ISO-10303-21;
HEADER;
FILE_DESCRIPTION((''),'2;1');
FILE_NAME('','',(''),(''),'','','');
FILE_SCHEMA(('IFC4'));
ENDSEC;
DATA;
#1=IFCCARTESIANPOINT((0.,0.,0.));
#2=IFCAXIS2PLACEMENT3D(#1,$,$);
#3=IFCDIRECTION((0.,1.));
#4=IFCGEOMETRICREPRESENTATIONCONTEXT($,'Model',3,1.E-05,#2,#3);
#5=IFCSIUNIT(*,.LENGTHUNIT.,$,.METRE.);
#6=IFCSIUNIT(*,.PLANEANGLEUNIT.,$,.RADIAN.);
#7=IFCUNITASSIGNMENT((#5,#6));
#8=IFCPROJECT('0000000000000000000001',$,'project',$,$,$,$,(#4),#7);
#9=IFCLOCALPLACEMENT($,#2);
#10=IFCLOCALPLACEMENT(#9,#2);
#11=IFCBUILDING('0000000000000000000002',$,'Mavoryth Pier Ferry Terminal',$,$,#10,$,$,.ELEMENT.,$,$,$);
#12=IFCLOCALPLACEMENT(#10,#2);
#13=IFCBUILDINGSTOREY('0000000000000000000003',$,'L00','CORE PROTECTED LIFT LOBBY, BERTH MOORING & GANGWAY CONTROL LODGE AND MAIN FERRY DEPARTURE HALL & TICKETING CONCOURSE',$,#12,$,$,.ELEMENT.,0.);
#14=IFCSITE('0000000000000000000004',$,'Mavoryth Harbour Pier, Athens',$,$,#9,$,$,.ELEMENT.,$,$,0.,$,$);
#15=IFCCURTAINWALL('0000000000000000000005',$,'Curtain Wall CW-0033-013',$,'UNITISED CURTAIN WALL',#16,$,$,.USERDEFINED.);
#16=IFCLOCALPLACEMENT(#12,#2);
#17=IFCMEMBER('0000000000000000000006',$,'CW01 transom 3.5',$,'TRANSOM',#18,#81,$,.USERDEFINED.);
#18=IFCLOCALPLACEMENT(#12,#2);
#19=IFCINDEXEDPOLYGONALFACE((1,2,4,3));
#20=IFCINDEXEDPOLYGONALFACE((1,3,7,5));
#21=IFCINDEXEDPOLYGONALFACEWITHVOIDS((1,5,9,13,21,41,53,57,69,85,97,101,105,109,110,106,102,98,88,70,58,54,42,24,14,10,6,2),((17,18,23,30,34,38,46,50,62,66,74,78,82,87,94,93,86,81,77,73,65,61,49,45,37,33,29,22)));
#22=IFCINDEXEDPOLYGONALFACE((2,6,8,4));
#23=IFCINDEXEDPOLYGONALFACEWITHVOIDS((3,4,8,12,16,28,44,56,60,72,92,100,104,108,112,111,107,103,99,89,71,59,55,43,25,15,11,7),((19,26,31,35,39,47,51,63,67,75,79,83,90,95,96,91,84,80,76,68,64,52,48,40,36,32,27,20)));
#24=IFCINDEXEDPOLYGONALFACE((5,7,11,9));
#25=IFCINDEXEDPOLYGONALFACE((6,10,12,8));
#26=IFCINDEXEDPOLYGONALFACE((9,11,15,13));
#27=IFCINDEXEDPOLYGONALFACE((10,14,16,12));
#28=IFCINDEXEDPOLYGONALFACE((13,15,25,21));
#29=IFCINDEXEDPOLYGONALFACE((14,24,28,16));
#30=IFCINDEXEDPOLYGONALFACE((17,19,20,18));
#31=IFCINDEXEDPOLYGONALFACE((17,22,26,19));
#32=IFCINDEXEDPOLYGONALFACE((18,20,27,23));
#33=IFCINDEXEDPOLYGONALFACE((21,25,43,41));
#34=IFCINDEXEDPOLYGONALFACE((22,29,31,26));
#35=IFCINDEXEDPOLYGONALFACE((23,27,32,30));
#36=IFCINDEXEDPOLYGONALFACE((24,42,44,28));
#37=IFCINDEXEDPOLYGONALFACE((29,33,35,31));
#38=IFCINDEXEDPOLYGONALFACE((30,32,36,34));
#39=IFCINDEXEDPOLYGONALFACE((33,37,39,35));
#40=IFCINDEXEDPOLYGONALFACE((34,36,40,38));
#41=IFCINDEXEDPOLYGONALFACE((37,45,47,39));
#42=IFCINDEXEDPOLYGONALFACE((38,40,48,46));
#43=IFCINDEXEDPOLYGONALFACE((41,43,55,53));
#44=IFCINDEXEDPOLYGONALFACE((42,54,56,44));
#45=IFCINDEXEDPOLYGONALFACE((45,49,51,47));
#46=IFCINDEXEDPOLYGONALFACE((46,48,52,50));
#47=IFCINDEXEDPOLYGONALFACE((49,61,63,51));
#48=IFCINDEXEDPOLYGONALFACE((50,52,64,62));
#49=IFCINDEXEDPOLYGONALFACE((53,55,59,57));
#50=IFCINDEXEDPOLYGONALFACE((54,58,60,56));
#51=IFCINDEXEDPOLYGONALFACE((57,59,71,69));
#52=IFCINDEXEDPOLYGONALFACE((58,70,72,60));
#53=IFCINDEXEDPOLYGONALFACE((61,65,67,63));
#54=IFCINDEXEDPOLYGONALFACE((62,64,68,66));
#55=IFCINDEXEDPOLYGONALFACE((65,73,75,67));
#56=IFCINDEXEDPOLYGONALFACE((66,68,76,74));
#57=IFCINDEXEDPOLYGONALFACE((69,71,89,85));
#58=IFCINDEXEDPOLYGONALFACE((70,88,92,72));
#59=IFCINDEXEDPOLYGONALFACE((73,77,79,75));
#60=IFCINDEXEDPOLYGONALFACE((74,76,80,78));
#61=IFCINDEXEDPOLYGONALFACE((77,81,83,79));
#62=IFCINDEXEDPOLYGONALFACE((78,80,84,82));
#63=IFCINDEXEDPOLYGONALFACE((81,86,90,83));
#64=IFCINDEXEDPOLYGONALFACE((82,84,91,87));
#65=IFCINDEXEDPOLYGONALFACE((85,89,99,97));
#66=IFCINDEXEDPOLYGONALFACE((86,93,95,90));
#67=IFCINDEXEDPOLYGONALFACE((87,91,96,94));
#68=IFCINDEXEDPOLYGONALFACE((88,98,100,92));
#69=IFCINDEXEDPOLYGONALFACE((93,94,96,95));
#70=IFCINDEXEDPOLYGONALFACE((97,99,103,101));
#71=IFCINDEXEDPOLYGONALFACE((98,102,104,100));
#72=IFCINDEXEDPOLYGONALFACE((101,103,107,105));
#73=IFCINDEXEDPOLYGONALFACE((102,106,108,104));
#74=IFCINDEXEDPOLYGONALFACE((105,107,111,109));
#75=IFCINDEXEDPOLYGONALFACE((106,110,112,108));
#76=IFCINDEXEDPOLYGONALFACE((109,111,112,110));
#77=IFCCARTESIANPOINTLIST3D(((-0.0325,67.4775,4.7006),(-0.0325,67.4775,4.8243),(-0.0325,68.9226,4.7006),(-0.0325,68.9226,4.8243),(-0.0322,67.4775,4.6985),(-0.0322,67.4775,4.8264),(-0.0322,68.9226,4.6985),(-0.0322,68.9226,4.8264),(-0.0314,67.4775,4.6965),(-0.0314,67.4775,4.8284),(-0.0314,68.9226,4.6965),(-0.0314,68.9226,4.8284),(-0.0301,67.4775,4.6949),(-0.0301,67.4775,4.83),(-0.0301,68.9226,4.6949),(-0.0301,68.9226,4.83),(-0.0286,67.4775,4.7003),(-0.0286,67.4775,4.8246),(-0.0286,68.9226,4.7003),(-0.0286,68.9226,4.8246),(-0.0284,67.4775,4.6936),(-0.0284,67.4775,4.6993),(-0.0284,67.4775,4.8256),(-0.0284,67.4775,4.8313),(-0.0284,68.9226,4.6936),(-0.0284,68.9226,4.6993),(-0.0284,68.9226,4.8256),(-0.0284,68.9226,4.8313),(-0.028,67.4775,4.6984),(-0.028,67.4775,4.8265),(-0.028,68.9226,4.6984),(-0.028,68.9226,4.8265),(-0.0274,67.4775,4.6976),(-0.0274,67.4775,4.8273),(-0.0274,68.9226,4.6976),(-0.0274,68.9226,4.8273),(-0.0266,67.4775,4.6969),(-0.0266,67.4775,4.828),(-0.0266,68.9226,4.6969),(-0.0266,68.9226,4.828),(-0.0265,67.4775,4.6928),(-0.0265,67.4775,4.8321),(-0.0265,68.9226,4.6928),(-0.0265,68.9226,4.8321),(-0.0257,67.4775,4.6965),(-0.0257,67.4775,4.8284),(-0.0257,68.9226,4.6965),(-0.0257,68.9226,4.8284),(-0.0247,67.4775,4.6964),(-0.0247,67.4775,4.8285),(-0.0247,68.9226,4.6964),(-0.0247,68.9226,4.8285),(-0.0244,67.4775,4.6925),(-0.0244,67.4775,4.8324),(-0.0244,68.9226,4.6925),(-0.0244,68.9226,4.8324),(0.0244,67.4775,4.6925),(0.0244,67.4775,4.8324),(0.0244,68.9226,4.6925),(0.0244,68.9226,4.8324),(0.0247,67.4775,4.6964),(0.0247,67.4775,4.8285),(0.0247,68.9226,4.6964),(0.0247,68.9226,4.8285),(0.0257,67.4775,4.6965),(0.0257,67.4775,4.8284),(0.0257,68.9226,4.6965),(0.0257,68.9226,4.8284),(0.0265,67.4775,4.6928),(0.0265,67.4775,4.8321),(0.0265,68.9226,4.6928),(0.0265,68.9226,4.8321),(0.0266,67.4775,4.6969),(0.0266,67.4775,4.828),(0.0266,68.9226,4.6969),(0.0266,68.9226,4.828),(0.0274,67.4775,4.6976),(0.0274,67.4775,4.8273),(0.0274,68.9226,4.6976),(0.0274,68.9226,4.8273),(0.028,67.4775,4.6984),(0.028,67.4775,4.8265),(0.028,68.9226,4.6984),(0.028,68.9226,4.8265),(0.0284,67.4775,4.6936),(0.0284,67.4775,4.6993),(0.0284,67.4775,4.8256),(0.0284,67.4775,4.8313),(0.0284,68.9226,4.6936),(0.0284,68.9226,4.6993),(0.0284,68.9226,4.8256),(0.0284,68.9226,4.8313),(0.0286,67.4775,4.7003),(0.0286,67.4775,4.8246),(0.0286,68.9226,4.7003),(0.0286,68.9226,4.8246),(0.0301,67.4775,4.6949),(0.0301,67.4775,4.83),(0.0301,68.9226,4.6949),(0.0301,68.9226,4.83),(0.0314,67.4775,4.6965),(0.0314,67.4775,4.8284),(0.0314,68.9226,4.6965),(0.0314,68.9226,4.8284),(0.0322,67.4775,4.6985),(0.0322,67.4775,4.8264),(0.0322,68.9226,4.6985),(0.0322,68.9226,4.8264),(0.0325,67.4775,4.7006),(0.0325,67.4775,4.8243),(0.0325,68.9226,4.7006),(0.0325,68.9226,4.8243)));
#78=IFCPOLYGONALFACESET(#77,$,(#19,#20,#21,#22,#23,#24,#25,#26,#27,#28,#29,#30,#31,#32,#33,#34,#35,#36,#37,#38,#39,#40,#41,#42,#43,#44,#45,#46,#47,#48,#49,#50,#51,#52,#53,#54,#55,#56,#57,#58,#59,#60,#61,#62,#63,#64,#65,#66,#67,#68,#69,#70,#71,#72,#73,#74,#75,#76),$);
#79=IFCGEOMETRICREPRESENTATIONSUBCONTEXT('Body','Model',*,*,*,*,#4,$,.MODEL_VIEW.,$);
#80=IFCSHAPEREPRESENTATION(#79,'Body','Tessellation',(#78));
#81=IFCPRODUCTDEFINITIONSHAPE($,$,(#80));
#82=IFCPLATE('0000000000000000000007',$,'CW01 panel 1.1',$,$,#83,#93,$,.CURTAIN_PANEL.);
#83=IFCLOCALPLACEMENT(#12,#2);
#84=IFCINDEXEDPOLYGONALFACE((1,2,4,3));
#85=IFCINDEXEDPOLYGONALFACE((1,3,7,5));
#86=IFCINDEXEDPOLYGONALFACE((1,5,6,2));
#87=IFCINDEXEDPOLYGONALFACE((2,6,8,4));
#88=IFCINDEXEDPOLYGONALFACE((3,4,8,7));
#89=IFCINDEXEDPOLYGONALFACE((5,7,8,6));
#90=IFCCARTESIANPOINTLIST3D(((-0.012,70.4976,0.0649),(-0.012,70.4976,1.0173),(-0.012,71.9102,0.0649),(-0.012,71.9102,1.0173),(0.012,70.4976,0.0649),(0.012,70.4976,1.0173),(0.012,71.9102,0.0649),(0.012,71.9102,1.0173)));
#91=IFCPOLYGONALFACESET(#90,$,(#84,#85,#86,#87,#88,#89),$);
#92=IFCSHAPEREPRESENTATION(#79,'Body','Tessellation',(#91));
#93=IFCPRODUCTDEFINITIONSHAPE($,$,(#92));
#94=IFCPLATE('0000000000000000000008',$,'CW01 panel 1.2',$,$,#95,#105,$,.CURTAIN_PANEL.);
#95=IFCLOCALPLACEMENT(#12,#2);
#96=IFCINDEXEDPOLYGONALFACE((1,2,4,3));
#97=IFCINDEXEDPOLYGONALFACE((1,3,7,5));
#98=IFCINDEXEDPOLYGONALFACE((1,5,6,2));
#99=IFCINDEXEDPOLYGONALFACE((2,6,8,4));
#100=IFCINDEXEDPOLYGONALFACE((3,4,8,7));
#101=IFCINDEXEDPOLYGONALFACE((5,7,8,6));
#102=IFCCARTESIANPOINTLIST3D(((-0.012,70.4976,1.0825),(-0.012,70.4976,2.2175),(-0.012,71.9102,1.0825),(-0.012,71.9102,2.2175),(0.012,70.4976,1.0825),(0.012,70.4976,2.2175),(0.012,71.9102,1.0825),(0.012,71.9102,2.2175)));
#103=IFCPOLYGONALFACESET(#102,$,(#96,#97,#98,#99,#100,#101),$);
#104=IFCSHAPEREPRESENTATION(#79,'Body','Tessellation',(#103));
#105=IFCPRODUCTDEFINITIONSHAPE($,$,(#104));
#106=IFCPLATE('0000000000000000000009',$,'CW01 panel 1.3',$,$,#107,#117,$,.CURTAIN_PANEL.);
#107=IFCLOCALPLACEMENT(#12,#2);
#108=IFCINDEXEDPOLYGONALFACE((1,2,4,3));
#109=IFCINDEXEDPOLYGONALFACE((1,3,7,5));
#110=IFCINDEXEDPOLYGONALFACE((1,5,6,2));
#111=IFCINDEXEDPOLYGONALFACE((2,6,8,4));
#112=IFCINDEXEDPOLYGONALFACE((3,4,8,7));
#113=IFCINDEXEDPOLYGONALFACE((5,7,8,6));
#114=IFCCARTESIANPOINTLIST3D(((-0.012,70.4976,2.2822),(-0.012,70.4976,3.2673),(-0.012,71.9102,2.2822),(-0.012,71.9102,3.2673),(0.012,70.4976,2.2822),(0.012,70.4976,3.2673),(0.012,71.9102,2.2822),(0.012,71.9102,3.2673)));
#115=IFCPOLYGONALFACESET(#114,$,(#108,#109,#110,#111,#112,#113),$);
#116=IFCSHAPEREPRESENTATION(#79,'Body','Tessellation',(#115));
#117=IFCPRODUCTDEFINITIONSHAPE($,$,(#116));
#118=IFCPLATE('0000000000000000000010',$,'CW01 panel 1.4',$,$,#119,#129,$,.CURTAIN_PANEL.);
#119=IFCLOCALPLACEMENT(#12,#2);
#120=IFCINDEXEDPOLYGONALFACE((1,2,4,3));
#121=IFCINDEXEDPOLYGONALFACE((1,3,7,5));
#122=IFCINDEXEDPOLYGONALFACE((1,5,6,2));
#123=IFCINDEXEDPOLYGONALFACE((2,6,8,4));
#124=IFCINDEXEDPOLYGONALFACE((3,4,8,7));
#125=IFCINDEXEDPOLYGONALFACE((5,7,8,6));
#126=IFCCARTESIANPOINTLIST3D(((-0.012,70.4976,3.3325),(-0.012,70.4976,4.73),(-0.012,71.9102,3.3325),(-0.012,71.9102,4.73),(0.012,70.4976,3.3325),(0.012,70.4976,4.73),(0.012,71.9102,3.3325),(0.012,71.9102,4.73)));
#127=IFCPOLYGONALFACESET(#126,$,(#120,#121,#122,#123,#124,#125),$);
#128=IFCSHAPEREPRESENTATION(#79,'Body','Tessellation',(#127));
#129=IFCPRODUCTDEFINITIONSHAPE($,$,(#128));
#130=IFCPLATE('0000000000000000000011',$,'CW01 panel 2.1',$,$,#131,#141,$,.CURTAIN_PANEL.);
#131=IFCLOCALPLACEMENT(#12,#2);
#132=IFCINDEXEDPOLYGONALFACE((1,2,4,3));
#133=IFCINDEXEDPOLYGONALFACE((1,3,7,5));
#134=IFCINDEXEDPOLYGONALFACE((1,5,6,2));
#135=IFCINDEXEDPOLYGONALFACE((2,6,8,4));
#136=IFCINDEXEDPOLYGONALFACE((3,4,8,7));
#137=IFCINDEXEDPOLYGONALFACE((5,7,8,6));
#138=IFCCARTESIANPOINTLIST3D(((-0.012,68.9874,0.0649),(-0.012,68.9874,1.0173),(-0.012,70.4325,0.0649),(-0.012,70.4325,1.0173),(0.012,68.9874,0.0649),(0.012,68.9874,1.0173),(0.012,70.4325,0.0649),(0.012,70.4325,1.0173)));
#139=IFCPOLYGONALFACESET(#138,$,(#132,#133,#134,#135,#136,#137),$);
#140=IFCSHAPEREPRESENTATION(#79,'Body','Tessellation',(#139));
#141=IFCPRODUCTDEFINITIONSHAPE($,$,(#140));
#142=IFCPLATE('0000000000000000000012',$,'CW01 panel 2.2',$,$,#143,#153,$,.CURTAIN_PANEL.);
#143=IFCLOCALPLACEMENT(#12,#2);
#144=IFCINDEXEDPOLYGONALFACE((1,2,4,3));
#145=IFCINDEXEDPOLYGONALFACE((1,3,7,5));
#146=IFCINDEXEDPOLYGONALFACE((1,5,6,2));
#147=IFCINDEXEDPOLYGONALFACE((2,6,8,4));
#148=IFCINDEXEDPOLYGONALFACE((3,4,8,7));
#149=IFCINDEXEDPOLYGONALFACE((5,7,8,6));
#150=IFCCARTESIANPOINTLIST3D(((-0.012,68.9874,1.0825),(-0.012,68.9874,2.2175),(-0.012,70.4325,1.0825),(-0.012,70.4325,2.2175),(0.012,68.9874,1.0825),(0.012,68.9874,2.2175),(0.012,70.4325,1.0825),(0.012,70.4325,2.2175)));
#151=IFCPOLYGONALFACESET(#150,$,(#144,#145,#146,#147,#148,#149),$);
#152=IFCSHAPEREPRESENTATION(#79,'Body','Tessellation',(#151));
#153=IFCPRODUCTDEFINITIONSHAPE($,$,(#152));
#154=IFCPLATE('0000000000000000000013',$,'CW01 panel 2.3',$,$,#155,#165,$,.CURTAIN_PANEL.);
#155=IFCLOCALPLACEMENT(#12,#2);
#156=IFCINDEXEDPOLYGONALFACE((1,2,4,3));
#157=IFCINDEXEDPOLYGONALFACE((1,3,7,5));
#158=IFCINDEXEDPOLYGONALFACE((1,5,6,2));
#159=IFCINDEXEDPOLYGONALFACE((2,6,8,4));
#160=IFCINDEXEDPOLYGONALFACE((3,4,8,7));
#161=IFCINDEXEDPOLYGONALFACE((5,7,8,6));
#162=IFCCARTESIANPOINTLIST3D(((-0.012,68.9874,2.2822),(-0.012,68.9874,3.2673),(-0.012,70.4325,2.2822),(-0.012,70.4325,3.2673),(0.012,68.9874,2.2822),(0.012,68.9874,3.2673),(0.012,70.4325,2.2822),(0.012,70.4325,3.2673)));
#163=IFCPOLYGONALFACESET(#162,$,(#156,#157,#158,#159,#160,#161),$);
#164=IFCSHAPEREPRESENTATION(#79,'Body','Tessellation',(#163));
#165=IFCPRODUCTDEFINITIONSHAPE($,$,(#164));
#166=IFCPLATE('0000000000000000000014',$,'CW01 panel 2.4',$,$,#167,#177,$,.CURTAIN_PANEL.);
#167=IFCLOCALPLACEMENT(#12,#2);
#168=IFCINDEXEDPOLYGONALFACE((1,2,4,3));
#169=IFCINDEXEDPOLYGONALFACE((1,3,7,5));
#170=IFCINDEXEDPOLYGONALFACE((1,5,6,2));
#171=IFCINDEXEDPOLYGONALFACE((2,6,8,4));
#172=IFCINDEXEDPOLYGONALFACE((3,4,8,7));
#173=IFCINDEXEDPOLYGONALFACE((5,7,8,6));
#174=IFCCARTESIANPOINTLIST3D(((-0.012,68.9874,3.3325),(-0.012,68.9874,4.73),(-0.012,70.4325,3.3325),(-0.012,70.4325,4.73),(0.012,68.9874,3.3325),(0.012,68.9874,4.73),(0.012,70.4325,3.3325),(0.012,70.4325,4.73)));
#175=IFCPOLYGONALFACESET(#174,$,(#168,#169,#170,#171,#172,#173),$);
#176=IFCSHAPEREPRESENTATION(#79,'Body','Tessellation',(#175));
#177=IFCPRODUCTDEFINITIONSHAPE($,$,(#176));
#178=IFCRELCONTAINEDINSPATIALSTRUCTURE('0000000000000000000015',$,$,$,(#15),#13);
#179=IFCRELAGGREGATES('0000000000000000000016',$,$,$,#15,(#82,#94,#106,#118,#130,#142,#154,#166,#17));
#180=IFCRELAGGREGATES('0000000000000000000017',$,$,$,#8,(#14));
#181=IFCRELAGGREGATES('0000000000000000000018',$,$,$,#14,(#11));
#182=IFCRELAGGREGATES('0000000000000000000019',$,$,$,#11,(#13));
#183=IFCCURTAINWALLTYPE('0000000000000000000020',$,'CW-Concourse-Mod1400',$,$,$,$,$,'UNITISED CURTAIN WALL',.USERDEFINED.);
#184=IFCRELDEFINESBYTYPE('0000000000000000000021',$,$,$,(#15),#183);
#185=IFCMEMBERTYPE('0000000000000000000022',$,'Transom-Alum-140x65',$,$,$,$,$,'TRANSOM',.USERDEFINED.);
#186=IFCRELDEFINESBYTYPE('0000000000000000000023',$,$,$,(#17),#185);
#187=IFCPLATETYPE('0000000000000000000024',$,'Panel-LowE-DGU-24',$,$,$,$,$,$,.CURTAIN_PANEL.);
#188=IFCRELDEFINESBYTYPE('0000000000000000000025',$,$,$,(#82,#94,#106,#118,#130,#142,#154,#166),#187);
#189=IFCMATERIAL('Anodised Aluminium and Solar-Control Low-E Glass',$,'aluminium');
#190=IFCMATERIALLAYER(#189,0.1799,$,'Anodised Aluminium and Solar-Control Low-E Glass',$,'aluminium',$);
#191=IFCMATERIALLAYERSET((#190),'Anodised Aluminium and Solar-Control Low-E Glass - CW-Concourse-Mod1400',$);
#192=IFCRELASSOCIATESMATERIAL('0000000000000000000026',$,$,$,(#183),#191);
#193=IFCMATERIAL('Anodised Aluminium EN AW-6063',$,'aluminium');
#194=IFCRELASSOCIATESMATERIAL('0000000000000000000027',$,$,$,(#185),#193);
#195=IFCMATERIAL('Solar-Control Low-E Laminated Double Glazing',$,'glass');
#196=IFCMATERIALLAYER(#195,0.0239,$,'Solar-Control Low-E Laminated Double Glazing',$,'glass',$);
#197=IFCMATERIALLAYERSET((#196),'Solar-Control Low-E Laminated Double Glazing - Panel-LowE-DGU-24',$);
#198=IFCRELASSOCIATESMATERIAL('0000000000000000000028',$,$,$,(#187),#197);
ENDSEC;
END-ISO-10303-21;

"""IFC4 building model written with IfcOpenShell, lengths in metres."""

from ifc_helpers import new_model, si_unit, direction, frame, origin, origin_2d, place, context, subcontext, project, spatial, rectangle, hollow_rectangle, extrude, material, layer, layer_set, material_profile, profile_set, type_object, element, aggregate, save


model = new_model("IFC4")

# Units and contexts
model_context = context("Model", 3, precision=1e-05, world=origin(), true_north=direction((0.0, 1.0)))
body_context = subcontext(model_context, "Body", "Model", "MODEL_VIEW")
ifc_project = project(units=[si_unit("LENGTHUNIT", "METRE"), si_unit("PLANEANGLEUNIT", "RADIAN")], contexts=[model_context])

# Site, building, storey
site_placement = place(None, origin())
site = spatial("IfcSite", under=ifc_project, at=site_placement, Name="Mavoryth Harbour Pier, Athens", CompositionType="ELEMENT", RefElevation=0.0)
building_placement = place(site_placement, origin())
building = spatial("IfcBuilding", under=site, at=building_placement, Name="Mavoryth Pier Ferry Terminal", CompositionType="ELEMENT")
storey_placement = place(building_placement, origin())
storey = spatial("IfcBuildingStorey", under=building, at=storey_placement, Name="L00", Description="CORE PROTECTED LIFT LOBBY, BERTH MOORING & GANGWAY CONTROL LODGE AND MAIN FERRY DEPARTURE HALL & TICKETING CONCOURSE", CompositionType="ELEMENT", Elevation=0.0)

# Curtain wall, member, plates
ifc_material_1 = material(Name="Anodised Aluminium and Solar-Control Low-E Glass", Category="aluminium")
ifc_layer_1 = layer(ifc_material_1, 0.1799, Name="Anodised Aluminium and Solar-Control Low-E Glass", Category="aluminium")
ifc_layer_set_1 = layer_set([ifc_layer_1], Name="Anodised Aluminium and Solar-Control Low-E Glass - CW-Concourse-Mod1400")
curtain_wall_type = type_object("IfcCurtainWallType", Name="CW-Concourse-Mod1400", ElementType="UNITISED CURTAIN WALL", PredefinedType="USERDEFINED", material=ifc_layer_set_1)
curtain_wall_placement = place(storey_placement, origin())
curtain_wall = element("IfcCurtainWall", 1, at=curtain_wall_placement, inside=storey, type_object=curtain_wall_type, Name="Curtain Wall CW-0033-013", ObjectType="UNITISED CURTAIN WALL", PredefinedType="USERDEFINED")
ifc_material_2 = material(Name="Anodised Aluminium EN AW-6063", Category="aluminium")
ifc_material_profile_1 = material_profile(ifc_material_2, hollow_rectangle(XDim=0.0649, YDim=0.1399, WallThickness=0.0039, InnerFilletRadius=0.0039, OuterFilletRadius=0.0081, at=origin_2d()), Name="AL-TRAN 140x65x4", Category="aluminium")
ifc_profile_set_1 = profile_set([ifc_material_profile_1], Name="Anodised Aluminium EN AW-6063 - AL-TRAN 140x65x4")
member_type_1 = type_object("IfcMemberType", Name="Transom-Alum-140x65", ElementType="TRANSOM", PredefinedType="USERDEFINED", material=ifc_profile_set_1)
member_1_placement = place(storey_placement, frame((0.0, 68.9226, 4.7625), z_axis=(0.0, -1.0, 0.0), x_axis=(1.0, 0.0, 0.0)))
member_1 = element("IfcMember", 2, at=member_1_placement, type_object=member_type_1, Name="CW01 transom 3.5", ObjectType="TRANSOM", PredefinedType="USERDEFINED", context=body_context, shape_type="SweptSolid", body=[
    extrude(hollow_rectangle(XDim=0.0649, YDim=0.1399, WallThickness=0.0039, InnerFilletRadius=0.0039, OuterFilletRadius=0.0081, at=origin_2d()), origin(), (0.0, 0.0, 1.0), 1.4451),
])
ifc_material_3 = material(Name="Solar-Control Low-E Laminated Double Glazing", Category="glass")
ifc_layer_2 = layer(ifc_material_3, 0.0239, Name="Solar-Control Low-E Laminated Double Glazing", Category="glass")
ifc_layer_set_2 = layer_set([ifc_layer_2], Name="Solar-Control Low-E Laminated Double Glazing - Panel-LowE-DGU-24")
plate_type = type_object("IfcPlateType", Name="Panel-LowE-DGU-24", PredefinedType="CURTAIN_PANEL", material=ifc_layer_set_2)
plate_1_placement = place(storey_placement, frame((0.0, 71.2039, 0.0649), z_axis=(0.0, 0.0, 1.0), x_axis=(0.0, -1.0, 0.0)))
plate_1 = element("IfcPlate", 3, at=plate_1_placement, type_object=plate_type, Name="CW01 panel 1.1", PredefinedType="CURTAIN_PANEL", context=body_context, shape_type="SweptSolid", body=[
    extrude(rectangle(XDim=1.4126, YDim=0.0239, at=origin_2d()), origin(), (0.0, 0.0, 1.0), 0.9524),
])
plate_2_placement = place(storey_placement, frame((0.0, 71.2039, 1.0825), z_axis=(0.0, 0.0, 1.0), x_axis=(0.0, -1.0, 0.0)))
plate_2 = element("IfcPlate", 4, at=plate_2_placement, type_object=plate_type, Name="CW01 panel 1.2", PredefinedType="CURTAIN_PANEL", context=body_context, shape_type="SweptSolid", body=[
    extrude(rectangle(XDim=1.4126, YDim=0.0239, at=origin_2d()), origin(), (0.0, 0.0, 1.0), 1.135),
])
plate_3_placement = place(storey_placement, frame((0.0, 71.2039, 2.2822), z_axis=(0.0, 0.0, 1.0), x_axis=(0.0, -1.0, 0.0)))
plate_3 = element("IfcPlate", 5, at=plate_3_placement, type_object=plate_type, Name="CW01 panel 1.3", PredefinedType="CURTAIN_PANEL", context=body_context, shape_type="SweptSolid", body=[
    extrude(rectangle(XDim=1.4126, YDim=0.0239, at=origin_2d()), origin(), (0.0, 0.0, 1.0), 0.9851),
])
plate_4_placement = place(storey_placement, frame((0.0, 71.2039, 3.3325), z_axis=(0.0, 0.0, 1.0), x_axis=(0.0, -1.0, 0.0)))
plate_4 = element("IfcPlate", 6, at=plate_4_placement, type_object=plate_type, Name="CW01 panel 1.4", PredefinedType="CURTAIN_PANEL", context=body_context, shape_type="SweptSolid", body=[
    extrude(rectangle(XDim=1.4126, YDim=0.0239, at=origin_2d()), origin(), (0.0, 0.0, 1.0), 1.3975),
])
plate_5_placement = place(storey_placement, frame((0.0, 69.71, 0.0649), z_axis=(0.0, 0.0, 1.0), x_axis=(0.0, -1.0, 0.0)))
plate_5 = element("IfcPlate", 7, at=plate_5_placement, type_object=plate_type, Name="CW01 panel 2.1", PredefinedType="CURTAIN_PANEL", context=body_context, shape_type="SweptSolid", body=[
    extrude(rectangle(XDim=1.4451, YDim=0.0239, at=origin_2d()), origin(), (0.0, 0.0, 1.0), 0.9524),
])
plate_6_placement = place(storey_placement, frame((0.0, 69.71, 1.0825), z_axis=(0.0, 0.0, 1.0), x_axis=(0.0, -1.0, 0.0)))
plate_6 = element("IfcPlate", 8, at=plate_6_placement, type_object=plate_type, Name="CW01 panel 2.2", PredefinedType="CURTAIN_PANEL", context=body_context, shape_type="SweptSolid", body=[
    extrude(rectangle(XDim=1.4451, YDim=0.0239, at=origin_2d()), origin(), (0.0, 0.0, 1.0), 1.135),
])
plate_7_placement = place(storey_placement, frame((0.0, 69.71, 2.2822), z_axis=(0.0, 0.0, 1.0), x_axis=(0.0, -1.0, 0.0)))
plate_7 = element("IfcPlate", 9, at=plate_7_placement, type_object=plate_type, Name="CW01 panel 2.3", PredefinedType="CURTAIN_PANEL", context=body_context, shape_type="SweptSolid", body=[
    extrude(rectangle(XDim=1.4451, YDim=0.0239, at=origin_2d()), origin(), (0.0, 0.0, 1.0), 0.9851),
])
plate_8_placement = place(storey_placement, frame((0.0, 69.71, 3.3325), z_axis=(0.0, 0.0, 1.0), x_axis=(0.0, -1.0, 0.0)))
plate_8 = element("IfcPlate", 10, at=plate_8_placement, type_object=plate_type, Name="CW01 panel 2.4", PredefinedType="CURTAIN_PANEL", context=body_context, shape_type="SweptSolid", body=[
    extrude(rectangle(XDim=1.4451, YDim=0.0239, at=origin_2d()), origin(), (0.0, 0.0, 1.0), 1.3975),
])
aggregate(curtain_wall, [plate_1, plate_2, plate_3, plate_4, plate_5, plate_6, plate_7, plate_8, member_1])

save(model, "model.ifc")
